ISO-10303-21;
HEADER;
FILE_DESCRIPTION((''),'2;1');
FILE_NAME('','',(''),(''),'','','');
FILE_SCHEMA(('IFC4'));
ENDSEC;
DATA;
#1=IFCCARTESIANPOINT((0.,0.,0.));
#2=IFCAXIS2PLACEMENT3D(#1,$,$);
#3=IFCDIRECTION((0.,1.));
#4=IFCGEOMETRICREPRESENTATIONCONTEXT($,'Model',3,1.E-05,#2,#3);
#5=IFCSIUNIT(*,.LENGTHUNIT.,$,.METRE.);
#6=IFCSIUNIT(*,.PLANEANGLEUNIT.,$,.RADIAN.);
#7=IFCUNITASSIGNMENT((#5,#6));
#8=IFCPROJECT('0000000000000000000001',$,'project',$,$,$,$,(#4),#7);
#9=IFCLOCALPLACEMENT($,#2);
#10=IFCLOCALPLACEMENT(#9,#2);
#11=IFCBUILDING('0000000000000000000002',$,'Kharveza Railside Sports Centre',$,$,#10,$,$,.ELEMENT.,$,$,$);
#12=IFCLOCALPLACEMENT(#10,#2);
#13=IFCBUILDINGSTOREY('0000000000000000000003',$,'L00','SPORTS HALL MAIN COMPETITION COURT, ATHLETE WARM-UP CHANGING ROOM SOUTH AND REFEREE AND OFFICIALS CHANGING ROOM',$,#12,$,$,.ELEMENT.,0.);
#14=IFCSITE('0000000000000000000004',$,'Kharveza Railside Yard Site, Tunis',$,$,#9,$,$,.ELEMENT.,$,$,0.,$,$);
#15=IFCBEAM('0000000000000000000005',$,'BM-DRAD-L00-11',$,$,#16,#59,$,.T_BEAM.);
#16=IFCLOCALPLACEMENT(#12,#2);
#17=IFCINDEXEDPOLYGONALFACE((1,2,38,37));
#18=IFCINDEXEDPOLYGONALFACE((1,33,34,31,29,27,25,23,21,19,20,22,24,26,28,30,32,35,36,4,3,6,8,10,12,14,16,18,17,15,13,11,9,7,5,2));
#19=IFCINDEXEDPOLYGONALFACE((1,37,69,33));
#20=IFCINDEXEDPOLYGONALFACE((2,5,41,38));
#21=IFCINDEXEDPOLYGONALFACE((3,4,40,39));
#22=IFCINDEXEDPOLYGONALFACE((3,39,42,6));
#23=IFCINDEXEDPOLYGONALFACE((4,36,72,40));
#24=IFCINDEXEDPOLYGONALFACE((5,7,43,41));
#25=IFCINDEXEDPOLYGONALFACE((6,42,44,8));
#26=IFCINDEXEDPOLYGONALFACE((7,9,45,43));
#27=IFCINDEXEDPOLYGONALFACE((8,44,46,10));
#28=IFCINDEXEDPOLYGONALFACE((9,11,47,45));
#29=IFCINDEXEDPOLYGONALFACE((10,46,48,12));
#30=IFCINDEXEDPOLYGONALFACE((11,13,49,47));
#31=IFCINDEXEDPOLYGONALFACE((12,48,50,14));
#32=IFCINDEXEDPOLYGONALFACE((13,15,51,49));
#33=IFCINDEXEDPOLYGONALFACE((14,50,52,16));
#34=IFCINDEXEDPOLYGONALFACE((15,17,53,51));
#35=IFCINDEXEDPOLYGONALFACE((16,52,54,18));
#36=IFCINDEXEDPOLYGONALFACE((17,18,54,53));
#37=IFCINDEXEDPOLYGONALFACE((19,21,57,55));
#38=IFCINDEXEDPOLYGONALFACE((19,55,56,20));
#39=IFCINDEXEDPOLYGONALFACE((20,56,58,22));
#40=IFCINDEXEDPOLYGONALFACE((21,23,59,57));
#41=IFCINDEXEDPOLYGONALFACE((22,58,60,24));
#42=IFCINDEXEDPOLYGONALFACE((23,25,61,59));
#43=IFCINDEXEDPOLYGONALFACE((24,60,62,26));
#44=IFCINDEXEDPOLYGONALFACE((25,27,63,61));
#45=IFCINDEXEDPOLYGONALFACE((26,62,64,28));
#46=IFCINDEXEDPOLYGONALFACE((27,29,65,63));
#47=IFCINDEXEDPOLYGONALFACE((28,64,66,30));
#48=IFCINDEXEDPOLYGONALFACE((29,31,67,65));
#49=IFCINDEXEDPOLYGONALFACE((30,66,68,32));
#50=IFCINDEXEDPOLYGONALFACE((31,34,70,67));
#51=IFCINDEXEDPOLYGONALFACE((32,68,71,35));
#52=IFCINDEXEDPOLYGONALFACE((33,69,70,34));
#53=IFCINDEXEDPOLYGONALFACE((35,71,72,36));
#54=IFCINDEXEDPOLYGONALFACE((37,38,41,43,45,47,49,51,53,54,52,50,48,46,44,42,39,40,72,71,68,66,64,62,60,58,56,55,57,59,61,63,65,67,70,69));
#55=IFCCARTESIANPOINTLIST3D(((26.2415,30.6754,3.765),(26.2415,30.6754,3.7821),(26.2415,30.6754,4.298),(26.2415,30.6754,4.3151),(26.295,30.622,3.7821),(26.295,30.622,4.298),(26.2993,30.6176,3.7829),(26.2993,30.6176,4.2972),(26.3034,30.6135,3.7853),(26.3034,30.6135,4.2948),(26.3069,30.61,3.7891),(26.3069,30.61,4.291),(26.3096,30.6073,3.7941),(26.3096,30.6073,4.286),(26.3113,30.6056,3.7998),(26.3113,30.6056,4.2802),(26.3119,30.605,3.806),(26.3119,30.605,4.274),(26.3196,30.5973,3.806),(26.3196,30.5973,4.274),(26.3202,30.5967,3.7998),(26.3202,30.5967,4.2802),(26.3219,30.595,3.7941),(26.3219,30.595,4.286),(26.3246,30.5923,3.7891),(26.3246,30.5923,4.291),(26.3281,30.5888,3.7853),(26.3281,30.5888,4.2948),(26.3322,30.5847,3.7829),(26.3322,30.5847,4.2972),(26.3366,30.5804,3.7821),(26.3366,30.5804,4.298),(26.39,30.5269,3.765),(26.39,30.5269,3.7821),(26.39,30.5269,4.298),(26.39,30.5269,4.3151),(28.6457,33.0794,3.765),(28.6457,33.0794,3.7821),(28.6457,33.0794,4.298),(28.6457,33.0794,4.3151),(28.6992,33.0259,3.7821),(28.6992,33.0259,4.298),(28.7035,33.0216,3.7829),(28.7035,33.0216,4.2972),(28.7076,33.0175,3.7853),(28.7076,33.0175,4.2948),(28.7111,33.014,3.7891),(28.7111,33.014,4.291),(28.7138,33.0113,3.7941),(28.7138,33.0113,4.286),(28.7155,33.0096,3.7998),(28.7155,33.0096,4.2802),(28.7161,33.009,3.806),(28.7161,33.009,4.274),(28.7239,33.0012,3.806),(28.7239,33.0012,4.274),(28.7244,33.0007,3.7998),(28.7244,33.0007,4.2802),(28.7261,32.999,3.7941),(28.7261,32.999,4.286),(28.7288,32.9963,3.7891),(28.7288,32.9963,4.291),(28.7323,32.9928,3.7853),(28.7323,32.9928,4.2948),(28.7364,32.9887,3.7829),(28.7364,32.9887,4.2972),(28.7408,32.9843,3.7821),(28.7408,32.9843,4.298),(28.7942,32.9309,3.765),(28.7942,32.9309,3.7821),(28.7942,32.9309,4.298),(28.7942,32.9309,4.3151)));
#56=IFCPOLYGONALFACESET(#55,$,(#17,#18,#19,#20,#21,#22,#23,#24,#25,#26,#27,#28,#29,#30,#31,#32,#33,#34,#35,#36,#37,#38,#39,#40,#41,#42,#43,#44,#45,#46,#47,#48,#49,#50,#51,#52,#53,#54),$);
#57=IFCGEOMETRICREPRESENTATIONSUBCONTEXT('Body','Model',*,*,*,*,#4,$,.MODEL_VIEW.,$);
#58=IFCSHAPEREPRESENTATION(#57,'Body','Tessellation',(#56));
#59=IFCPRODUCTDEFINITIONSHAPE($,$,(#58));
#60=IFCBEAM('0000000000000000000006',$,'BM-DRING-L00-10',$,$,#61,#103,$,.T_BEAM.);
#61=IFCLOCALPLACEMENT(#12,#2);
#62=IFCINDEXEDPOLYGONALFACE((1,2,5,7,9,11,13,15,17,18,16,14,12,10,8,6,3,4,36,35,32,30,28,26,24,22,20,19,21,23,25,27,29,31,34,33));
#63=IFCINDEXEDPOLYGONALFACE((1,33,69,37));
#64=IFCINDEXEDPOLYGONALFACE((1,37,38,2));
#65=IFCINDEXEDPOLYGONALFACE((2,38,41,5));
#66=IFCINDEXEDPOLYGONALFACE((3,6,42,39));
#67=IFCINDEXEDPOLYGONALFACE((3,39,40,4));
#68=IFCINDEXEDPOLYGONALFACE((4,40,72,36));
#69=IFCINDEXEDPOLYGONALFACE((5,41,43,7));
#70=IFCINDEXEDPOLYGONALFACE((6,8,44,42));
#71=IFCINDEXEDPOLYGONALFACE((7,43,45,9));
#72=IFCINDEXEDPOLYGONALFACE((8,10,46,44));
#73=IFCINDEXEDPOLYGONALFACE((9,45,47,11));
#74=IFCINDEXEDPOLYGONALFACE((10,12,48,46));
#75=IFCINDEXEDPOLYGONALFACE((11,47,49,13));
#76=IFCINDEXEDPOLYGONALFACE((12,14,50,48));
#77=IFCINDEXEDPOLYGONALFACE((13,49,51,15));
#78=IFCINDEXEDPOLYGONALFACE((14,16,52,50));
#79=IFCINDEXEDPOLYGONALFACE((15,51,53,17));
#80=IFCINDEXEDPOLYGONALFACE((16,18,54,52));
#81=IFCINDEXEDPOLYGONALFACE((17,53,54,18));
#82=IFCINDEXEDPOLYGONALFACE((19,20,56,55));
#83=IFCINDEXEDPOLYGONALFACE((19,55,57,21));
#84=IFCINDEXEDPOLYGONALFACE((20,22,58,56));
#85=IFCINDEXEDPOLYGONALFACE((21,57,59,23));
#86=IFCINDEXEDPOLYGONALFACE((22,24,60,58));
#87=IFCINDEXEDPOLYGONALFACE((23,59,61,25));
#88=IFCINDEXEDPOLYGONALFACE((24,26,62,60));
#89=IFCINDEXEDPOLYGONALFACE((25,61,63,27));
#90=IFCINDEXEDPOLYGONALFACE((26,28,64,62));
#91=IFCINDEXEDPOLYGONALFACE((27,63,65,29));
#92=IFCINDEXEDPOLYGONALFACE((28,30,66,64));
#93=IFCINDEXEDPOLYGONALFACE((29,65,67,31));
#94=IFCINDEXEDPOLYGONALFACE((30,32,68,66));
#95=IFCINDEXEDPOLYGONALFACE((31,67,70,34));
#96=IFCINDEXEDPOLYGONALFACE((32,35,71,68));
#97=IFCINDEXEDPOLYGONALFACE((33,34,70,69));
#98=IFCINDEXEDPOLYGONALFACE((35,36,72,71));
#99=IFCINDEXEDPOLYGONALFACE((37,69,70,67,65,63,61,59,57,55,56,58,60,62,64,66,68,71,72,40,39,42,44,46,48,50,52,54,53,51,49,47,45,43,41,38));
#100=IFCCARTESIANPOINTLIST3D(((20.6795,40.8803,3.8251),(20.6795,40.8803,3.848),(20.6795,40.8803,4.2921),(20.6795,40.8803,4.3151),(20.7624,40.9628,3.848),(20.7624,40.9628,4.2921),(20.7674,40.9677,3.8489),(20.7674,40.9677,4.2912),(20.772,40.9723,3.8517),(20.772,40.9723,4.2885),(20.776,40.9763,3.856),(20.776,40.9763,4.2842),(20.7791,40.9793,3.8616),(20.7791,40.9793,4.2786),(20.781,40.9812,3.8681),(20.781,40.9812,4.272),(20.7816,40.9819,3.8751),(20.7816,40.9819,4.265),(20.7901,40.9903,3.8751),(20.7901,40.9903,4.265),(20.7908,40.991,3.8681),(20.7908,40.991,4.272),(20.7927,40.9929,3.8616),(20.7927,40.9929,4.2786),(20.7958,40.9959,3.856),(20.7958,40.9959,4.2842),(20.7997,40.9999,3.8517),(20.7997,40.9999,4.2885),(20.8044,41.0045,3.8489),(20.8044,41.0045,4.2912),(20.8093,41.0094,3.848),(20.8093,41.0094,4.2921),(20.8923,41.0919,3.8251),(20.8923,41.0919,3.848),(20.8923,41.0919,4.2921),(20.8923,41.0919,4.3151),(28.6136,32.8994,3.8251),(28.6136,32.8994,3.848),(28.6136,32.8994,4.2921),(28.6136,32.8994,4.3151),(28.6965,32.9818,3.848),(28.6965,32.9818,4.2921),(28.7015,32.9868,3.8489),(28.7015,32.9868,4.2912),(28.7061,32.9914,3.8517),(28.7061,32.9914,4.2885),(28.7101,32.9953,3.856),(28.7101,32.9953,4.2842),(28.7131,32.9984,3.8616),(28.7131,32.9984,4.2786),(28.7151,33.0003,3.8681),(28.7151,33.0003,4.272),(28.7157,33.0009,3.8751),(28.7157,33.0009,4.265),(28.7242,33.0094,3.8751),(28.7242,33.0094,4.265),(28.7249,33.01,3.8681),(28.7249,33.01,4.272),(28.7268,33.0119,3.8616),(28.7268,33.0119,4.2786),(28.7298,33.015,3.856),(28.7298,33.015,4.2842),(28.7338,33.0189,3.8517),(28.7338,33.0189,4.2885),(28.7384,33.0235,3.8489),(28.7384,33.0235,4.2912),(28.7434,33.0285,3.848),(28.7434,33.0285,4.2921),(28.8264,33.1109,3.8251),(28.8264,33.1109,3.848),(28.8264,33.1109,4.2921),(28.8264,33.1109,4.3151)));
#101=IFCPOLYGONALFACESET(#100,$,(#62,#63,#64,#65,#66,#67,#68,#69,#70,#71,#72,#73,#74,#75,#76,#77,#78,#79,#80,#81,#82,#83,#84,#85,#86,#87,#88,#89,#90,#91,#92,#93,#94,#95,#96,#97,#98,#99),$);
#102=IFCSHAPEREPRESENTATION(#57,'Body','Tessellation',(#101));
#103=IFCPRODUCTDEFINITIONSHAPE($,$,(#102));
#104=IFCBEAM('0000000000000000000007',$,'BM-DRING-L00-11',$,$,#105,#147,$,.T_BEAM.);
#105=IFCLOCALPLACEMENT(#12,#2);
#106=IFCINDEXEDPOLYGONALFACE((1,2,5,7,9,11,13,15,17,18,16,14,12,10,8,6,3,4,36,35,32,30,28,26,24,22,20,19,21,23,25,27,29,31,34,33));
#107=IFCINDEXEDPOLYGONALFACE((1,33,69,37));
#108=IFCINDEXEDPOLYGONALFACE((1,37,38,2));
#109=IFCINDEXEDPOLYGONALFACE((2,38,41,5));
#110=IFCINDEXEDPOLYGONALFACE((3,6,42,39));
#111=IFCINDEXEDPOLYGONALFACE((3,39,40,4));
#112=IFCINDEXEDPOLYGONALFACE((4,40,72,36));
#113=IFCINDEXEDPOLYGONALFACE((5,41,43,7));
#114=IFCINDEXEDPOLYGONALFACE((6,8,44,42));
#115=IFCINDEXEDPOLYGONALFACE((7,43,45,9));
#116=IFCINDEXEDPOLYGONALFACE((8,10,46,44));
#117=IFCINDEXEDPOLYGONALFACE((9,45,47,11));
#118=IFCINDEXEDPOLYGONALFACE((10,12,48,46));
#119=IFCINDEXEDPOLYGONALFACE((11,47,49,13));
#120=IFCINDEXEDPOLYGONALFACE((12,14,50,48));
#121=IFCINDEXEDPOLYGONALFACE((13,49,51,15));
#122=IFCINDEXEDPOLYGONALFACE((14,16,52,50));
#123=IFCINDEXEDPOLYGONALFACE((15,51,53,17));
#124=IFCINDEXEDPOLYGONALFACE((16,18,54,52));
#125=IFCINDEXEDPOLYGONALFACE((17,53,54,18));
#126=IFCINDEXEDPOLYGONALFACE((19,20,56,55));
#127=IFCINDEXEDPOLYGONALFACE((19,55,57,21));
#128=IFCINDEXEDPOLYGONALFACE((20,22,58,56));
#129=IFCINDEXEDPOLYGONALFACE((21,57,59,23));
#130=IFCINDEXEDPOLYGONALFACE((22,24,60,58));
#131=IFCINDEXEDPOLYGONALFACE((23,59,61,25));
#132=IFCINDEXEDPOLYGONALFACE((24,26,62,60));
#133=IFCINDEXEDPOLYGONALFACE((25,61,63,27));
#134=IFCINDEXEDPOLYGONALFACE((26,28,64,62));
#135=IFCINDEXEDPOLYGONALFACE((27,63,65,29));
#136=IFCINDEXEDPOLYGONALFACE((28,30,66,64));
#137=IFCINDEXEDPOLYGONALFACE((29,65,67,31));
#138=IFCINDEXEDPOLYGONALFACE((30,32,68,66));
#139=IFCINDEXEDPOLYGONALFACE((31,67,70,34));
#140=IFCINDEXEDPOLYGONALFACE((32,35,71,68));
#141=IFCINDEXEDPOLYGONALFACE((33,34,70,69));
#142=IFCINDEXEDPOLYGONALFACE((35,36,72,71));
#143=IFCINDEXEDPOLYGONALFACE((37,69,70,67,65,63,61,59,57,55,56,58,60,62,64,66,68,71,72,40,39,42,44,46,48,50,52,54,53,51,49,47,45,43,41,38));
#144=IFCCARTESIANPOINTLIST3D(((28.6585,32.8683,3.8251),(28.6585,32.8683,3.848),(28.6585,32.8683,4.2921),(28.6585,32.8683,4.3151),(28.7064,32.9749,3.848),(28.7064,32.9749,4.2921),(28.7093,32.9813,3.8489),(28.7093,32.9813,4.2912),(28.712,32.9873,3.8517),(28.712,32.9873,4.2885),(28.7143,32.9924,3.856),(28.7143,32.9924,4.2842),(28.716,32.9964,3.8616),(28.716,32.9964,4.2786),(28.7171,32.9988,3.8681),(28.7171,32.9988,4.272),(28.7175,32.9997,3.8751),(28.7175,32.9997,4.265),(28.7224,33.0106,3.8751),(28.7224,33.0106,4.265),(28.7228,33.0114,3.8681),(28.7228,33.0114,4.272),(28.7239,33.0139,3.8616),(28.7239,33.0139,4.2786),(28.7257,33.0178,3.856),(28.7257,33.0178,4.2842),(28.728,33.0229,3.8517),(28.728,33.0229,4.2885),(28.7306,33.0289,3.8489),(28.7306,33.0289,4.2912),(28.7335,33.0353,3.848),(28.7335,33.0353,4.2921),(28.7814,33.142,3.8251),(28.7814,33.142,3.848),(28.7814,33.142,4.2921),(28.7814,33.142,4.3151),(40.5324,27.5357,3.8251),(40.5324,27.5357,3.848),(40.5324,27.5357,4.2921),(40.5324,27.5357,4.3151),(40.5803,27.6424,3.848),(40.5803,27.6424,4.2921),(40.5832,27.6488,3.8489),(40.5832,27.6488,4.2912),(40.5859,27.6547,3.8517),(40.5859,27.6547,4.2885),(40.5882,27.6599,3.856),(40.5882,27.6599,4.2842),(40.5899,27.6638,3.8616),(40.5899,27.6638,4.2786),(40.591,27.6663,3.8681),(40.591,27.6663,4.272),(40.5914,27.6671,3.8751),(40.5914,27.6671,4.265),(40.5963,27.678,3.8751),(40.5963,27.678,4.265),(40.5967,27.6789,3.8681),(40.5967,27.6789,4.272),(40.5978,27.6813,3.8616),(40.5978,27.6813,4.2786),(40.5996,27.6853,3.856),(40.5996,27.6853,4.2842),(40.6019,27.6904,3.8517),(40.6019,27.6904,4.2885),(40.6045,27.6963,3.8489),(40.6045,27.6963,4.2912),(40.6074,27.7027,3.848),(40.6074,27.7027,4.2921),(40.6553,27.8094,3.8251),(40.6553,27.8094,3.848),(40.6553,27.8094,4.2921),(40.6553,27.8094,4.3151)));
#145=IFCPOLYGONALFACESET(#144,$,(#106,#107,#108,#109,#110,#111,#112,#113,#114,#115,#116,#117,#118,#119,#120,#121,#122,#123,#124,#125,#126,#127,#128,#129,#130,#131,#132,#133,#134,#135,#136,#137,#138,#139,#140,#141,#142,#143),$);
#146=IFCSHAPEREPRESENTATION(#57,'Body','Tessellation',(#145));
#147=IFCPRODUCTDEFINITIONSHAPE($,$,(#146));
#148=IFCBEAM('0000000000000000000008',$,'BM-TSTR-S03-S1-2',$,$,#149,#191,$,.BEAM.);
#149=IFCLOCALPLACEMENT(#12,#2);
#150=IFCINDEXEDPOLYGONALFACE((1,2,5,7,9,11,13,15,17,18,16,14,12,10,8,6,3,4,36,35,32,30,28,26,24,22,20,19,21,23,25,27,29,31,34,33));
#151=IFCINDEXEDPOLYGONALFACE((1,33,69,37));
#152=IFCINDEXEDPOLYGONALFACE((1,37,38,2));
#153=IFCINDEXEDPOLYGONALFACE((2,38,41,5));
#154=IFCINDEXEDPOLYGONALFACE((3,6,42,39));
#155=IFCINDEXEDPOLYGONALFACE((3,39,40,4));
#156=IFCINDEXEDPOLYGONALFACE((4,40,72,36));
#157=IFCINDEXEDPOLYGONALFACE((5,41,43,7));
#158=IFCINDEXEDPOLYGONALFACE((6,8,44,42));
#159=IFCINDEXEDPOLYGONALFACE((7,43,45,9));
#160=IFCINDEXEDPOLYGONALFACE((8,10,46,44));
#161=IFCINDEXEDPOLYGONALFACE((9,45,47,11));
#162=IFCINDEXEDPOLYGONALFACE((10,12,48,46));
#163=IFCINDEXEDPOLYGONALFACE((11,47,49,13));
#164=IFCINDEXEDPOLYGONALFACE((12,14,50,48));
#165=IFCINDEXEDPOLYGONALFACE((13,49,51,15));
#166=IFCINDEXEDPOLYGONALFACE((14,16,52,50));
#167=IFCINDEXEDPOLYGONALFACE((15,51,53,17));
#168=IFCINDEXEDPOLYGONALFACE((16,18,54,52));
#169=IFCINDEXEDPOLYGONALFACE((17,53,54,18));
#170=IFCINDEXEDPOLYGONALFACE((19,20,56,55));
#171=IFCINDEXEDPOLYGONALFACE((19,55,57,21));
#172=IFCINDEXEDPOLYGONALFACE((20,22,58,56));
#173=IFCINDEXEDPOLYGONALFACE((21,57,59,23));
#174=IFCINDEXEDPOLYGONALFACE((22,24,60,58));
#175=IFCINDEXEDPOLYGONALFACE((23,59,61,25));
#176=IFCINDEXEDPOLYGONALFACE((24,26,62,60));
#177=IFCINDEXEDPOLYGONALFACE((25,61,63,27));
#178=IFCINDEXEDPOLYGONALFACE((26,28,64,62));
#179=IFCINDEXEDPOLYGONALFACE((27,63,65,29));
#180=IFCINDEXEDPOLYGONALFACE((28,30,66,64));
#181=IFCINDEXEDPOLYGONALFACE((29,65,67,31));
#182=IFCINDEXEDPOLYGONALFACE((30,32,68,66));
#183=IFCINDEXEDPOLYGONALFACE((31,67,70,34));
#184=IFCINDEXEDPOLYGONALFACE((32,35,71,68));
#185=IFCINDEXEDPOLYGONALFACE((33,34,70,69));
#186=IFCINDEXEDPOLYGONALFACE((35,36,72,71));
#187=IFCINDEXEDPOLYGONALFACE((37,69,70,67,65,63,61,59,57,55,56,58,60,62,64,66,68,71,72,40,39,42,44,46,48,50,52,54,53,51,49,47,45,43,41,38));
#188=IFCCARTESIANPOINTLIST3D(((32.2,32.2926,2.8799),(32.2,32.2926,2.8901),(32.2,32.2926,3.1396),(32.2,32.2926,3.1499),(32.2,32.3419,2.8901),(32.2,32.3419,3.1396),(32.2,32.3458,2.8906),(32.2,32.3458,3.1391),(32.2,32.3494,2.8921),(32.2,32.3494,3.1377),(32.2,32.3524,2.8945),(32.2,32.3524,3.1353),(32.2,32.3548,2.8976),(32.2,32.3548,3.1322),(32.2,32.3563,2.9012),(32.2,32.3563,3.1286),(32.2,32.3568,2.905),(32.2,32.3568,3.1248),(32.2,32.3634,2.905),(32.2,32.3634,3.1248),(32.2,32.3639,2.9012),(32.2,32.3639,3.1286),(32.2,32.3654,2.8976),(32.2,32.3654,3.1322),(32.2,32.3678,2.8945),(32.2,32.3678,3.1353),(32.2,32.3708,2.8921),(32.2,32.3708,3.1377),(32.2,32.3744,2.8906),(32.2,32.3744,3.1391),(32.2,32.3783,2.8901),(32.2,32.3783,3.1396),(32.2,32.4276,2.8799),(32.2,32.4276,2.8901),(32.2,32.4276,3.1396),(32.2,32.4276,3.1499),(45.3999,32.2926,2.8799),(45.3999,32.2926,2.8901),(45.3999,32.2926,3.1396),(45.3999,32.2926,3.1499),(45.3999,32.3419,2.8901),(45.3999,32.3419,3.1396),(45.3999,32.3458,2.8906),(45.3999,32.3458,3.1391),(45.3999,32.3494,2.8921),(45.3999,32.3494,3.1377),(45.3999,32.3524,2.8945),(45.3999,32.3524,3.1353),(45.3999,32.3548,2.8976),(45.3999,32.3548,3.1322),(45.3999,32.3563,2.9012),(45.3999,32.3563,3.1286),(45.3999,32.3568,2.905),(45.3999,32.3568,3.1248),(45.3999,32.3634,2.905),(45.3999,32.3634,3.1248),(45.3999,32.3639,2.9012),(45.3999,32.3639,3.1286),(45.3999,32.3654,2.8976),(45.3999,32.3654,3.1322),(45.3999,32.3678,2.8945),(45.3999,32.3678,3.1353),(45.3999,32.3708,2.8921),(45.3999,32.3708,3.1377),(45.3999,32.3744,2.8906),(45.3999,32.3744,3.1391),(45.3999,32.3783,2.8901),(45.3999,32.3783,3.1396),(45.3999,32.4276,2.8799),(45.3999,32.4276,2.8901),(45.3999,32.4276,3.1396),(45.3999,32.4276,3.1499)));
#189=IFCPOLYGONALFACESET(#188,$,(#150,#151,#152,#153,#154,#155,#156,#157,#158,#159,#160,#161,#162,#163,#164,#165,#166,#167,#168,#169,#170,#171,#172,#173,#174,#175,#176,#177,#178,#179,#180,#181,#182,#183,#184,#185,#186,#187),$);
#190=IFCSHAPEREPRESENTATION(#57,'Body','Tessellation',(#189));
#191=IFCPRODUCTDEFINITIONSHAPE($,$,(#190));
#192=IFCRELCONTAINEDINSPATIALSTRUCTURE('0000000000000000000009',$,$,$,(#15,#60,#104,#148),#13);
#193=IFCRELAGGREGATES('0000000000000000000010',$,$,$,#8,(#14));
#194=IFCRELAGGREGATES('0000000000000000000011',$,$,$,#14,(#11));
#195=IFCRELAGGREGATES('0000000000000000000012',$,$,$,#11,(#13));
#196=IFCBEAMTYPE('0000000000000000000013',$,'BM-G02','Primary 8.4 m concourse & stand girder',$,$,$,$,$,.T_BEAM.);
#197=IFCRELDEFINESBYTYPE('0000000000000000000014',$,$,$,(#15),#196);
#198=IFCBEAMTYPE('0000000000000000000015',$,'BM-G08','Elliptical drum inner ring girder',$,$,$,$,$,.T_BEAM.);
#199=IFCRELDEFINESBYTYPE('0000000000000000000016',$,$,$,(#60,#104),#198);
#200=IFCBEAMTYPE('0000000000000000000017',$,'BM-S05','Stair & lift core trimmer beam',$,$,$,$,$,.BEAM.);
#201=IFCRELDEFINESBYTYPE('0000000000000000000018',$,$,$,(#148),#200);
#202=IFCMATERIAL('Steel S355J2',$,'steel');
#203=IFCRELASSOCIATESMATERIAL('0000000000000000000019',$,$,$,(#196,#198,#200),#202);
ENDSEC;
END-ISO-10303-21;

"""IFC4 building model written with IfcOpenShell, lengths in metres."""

from ifc_helpers import new_model, si_unit, direction, frame, origin, origin_2d, place, context, subcontext, project, spatial, i_section, extrude, material, material_profile, profile_set, type_object, element, save


model = new_model("IFC4")

# Units and contexts
model_context = context("Model", 3, precision=1e-05, world=origin(), true_north=direction((0.0, 1.0)))
body_context = subcontext(model_context, "Body", "Model", "MODEL_VIEW")
ifc_project = project(units=[si_unit("LENGTHUNIT", "METRE"), si_unit("PLANEANGLEUNIT", "RADIAN")], contexts=[model_context])

# Site, building, storey
site_placement = place(None, origin())
site = spatial("IfcSite", under=ifc_project, at=site_placement, Name="Kharveza Railside Yard Site, Tunis", CompositionType="ELEMENT", RefElevation=0.0)
building_placement = place(site_placement, origin())
building = spatial("IfcBuilding", under=site, at=building_placement, Name="Kharveza Railside Sports Centre", CompositionType="ELEMENT")
storey_placement = place(building_placement, origin())
storey = spatial("IfcBuildingStorey", under=building, at=storey_placement, Name="L00", Description="SPORTS HALL MAIN COMPETITION COURT, ATHLETE WARM-UP CHANGING ROOM SOUTH AND REFEREE AND OFFICIALS CHANGING ROOM", CompositionType="ELEMENT", Elevation=0.0)

# Shared definitions
ifc_material_1 = material(Name="Steel S355J2", Category="steel")

# Beams
ifc_material_profile_1 = material_profile(ifc_material_1, i_section(OverallWidth=0.21, OverallDepth=0.55, WebThickness=0.011, FlangeThickness=0.0171, FilletRadius=0.0239, at=origin_2d()), Name="IPE 550")
ifc_profile_set_1 = profile_set([ifc_material_profile_1], Name="Steel S355J2")
beam_type_1 = type_object("IfcBeamType", Name="BM-G02", Description="Primary 8.4 m concourse & stand girder", PredefinedType="T_BEAM", material=ifc_profile_set_1)
for number, where, z_axis, x_axis, name in (
    (1, (28.72, 33.0051, 4.04), (-0.707143, -0.707071, 0.0), (0.707071, -0.707143, 0.0), "BM-DRAD-L00-11"),
):
    element("IfcBeam", number, at=place(storey_placement, frame(where, z_axis=z_axis, x_axis=x_axis)), inside=storey, type_object=beam_type_1, Name=name, PredefinedType="T_BEAM", context=body_context, shape_type="SweptSolid", body=[
        extrude(i_section(OverallWidth=0.21, OverallDepth=0.55, WebThickness=0.011, FlangeThickness=0.0171, FilletRadius=0.0239, at=origin_2d()), origin(), (0.0, 0.0, 1.0), 3.3999),
    ])
ifc_material_profile_2 = material_profile(ifc_material_1, i_section(OverallWidth=0.3, OverallDepth=0.49, WebThickness=0.012, FlangeThickness=0.0229, FilletRadius=0.0271, at=origin_2d()), Name="HEA 500")
ifc_profile_set_2 = profile_set([ifc_material_profile_2], Name="Steel S355J2")
beam_type_2 = type_object("IfcBeamType", Name="BM-G08", Description="Elliptical drum inner ring girder", PredefinedType="T_BEAM", material=ifc_profile_set_2)
beam_1_placement = place(storey_placement, frame((20.7859, 40.9861, 4.0701), z_axis=(0.705021, -0.709186, 0.0), x_axis=(0.709186, 0.705021, 0.0)))
element("IfcBeam", 2, at=beam_1_placement, inside=storey, type_object=beam_type_2, Name="BM-DRING-L00-10", PredefinedType="T_BEAM", context=body_context, shape_type="SweptSolid", body=[
    extrude(i_section(OverallWidth=0.3, OverallDepth=0.49, WebThickness=0.012, FlangeThickness=0.0229, FilletRadius=0.0271, at=origin_2d()), origin(), (0.0, 0.0, 1.0), 11.2537),
])
beam_2_placement = place(storey_placement, frame((28.72, 33.0051, 4.0701), z_axis=(0.912228, -0.409682, 0.0), x_axis=(0.409682, 0.912228, 0.0)))
element("IfcBeam", 3, at=beam_2_placement, inside=storey, type_object=beam_type_2, Name="BM-DRING-L00-11", PredefinedType="T_BEAM", context=body_context, shape_type="SweptSolid", body=[
    extrude(i_section(OverallWidth=0.3, OverallDepth=0.49, WebThickness=0.012, FlangeThickness=0.0229, FilletRadius=0.0271, at=origin_2d()), origin(), (0.0, 0.0, 1.0), 13.0164),
])
ifc_material_profile_3 = material_profile(ifc_material_1, i_section(OverallWidth=0.135, OverallDepth=0.27, WebThickness=0.0066, FlangeThickness=0.0103, FilletRadius=0.0149, at=origin_2d()), Name="IPE 270")
ifc_profile_set_3 = profile_set([ifc_material_profile_3], Name="Steel S355J2")
beam_type_3 = type_object("IfcBeamType", Name="BM-S05", Description="Stair & lift core trimmer beam", PredefinedType="BEAM", material=ifc_profile_set_3)
for number, where, z_axis, x_axis, name in (
    (4, (32.2, 32.3601, 3.0149), (1.0, 0.0, 0.0), (0.0, 1.0, 0.0), "BM-TSTR-S03-S1-2"),
):
    element("IfcBeam", number, at=place(storey_placement, frame(where, z_axis=z_axis, x_axis=x_axis)), inside=storey, type_object=beam_type_3, Name=name, PredefinedType="BEAM", context=body_context, shape_type="SweptSolid", body=[
        extrude(i_section(OverallWidth=0.135, OverallDepth=0.27, WebThickness=0.0066, FlangeThickness=0.0103, FilletRadius=0.0149, at=origin_2d()), origin(), (0.0, 0.0, 1.0), 13.2),
    ])

save(model, "model.ifc")
